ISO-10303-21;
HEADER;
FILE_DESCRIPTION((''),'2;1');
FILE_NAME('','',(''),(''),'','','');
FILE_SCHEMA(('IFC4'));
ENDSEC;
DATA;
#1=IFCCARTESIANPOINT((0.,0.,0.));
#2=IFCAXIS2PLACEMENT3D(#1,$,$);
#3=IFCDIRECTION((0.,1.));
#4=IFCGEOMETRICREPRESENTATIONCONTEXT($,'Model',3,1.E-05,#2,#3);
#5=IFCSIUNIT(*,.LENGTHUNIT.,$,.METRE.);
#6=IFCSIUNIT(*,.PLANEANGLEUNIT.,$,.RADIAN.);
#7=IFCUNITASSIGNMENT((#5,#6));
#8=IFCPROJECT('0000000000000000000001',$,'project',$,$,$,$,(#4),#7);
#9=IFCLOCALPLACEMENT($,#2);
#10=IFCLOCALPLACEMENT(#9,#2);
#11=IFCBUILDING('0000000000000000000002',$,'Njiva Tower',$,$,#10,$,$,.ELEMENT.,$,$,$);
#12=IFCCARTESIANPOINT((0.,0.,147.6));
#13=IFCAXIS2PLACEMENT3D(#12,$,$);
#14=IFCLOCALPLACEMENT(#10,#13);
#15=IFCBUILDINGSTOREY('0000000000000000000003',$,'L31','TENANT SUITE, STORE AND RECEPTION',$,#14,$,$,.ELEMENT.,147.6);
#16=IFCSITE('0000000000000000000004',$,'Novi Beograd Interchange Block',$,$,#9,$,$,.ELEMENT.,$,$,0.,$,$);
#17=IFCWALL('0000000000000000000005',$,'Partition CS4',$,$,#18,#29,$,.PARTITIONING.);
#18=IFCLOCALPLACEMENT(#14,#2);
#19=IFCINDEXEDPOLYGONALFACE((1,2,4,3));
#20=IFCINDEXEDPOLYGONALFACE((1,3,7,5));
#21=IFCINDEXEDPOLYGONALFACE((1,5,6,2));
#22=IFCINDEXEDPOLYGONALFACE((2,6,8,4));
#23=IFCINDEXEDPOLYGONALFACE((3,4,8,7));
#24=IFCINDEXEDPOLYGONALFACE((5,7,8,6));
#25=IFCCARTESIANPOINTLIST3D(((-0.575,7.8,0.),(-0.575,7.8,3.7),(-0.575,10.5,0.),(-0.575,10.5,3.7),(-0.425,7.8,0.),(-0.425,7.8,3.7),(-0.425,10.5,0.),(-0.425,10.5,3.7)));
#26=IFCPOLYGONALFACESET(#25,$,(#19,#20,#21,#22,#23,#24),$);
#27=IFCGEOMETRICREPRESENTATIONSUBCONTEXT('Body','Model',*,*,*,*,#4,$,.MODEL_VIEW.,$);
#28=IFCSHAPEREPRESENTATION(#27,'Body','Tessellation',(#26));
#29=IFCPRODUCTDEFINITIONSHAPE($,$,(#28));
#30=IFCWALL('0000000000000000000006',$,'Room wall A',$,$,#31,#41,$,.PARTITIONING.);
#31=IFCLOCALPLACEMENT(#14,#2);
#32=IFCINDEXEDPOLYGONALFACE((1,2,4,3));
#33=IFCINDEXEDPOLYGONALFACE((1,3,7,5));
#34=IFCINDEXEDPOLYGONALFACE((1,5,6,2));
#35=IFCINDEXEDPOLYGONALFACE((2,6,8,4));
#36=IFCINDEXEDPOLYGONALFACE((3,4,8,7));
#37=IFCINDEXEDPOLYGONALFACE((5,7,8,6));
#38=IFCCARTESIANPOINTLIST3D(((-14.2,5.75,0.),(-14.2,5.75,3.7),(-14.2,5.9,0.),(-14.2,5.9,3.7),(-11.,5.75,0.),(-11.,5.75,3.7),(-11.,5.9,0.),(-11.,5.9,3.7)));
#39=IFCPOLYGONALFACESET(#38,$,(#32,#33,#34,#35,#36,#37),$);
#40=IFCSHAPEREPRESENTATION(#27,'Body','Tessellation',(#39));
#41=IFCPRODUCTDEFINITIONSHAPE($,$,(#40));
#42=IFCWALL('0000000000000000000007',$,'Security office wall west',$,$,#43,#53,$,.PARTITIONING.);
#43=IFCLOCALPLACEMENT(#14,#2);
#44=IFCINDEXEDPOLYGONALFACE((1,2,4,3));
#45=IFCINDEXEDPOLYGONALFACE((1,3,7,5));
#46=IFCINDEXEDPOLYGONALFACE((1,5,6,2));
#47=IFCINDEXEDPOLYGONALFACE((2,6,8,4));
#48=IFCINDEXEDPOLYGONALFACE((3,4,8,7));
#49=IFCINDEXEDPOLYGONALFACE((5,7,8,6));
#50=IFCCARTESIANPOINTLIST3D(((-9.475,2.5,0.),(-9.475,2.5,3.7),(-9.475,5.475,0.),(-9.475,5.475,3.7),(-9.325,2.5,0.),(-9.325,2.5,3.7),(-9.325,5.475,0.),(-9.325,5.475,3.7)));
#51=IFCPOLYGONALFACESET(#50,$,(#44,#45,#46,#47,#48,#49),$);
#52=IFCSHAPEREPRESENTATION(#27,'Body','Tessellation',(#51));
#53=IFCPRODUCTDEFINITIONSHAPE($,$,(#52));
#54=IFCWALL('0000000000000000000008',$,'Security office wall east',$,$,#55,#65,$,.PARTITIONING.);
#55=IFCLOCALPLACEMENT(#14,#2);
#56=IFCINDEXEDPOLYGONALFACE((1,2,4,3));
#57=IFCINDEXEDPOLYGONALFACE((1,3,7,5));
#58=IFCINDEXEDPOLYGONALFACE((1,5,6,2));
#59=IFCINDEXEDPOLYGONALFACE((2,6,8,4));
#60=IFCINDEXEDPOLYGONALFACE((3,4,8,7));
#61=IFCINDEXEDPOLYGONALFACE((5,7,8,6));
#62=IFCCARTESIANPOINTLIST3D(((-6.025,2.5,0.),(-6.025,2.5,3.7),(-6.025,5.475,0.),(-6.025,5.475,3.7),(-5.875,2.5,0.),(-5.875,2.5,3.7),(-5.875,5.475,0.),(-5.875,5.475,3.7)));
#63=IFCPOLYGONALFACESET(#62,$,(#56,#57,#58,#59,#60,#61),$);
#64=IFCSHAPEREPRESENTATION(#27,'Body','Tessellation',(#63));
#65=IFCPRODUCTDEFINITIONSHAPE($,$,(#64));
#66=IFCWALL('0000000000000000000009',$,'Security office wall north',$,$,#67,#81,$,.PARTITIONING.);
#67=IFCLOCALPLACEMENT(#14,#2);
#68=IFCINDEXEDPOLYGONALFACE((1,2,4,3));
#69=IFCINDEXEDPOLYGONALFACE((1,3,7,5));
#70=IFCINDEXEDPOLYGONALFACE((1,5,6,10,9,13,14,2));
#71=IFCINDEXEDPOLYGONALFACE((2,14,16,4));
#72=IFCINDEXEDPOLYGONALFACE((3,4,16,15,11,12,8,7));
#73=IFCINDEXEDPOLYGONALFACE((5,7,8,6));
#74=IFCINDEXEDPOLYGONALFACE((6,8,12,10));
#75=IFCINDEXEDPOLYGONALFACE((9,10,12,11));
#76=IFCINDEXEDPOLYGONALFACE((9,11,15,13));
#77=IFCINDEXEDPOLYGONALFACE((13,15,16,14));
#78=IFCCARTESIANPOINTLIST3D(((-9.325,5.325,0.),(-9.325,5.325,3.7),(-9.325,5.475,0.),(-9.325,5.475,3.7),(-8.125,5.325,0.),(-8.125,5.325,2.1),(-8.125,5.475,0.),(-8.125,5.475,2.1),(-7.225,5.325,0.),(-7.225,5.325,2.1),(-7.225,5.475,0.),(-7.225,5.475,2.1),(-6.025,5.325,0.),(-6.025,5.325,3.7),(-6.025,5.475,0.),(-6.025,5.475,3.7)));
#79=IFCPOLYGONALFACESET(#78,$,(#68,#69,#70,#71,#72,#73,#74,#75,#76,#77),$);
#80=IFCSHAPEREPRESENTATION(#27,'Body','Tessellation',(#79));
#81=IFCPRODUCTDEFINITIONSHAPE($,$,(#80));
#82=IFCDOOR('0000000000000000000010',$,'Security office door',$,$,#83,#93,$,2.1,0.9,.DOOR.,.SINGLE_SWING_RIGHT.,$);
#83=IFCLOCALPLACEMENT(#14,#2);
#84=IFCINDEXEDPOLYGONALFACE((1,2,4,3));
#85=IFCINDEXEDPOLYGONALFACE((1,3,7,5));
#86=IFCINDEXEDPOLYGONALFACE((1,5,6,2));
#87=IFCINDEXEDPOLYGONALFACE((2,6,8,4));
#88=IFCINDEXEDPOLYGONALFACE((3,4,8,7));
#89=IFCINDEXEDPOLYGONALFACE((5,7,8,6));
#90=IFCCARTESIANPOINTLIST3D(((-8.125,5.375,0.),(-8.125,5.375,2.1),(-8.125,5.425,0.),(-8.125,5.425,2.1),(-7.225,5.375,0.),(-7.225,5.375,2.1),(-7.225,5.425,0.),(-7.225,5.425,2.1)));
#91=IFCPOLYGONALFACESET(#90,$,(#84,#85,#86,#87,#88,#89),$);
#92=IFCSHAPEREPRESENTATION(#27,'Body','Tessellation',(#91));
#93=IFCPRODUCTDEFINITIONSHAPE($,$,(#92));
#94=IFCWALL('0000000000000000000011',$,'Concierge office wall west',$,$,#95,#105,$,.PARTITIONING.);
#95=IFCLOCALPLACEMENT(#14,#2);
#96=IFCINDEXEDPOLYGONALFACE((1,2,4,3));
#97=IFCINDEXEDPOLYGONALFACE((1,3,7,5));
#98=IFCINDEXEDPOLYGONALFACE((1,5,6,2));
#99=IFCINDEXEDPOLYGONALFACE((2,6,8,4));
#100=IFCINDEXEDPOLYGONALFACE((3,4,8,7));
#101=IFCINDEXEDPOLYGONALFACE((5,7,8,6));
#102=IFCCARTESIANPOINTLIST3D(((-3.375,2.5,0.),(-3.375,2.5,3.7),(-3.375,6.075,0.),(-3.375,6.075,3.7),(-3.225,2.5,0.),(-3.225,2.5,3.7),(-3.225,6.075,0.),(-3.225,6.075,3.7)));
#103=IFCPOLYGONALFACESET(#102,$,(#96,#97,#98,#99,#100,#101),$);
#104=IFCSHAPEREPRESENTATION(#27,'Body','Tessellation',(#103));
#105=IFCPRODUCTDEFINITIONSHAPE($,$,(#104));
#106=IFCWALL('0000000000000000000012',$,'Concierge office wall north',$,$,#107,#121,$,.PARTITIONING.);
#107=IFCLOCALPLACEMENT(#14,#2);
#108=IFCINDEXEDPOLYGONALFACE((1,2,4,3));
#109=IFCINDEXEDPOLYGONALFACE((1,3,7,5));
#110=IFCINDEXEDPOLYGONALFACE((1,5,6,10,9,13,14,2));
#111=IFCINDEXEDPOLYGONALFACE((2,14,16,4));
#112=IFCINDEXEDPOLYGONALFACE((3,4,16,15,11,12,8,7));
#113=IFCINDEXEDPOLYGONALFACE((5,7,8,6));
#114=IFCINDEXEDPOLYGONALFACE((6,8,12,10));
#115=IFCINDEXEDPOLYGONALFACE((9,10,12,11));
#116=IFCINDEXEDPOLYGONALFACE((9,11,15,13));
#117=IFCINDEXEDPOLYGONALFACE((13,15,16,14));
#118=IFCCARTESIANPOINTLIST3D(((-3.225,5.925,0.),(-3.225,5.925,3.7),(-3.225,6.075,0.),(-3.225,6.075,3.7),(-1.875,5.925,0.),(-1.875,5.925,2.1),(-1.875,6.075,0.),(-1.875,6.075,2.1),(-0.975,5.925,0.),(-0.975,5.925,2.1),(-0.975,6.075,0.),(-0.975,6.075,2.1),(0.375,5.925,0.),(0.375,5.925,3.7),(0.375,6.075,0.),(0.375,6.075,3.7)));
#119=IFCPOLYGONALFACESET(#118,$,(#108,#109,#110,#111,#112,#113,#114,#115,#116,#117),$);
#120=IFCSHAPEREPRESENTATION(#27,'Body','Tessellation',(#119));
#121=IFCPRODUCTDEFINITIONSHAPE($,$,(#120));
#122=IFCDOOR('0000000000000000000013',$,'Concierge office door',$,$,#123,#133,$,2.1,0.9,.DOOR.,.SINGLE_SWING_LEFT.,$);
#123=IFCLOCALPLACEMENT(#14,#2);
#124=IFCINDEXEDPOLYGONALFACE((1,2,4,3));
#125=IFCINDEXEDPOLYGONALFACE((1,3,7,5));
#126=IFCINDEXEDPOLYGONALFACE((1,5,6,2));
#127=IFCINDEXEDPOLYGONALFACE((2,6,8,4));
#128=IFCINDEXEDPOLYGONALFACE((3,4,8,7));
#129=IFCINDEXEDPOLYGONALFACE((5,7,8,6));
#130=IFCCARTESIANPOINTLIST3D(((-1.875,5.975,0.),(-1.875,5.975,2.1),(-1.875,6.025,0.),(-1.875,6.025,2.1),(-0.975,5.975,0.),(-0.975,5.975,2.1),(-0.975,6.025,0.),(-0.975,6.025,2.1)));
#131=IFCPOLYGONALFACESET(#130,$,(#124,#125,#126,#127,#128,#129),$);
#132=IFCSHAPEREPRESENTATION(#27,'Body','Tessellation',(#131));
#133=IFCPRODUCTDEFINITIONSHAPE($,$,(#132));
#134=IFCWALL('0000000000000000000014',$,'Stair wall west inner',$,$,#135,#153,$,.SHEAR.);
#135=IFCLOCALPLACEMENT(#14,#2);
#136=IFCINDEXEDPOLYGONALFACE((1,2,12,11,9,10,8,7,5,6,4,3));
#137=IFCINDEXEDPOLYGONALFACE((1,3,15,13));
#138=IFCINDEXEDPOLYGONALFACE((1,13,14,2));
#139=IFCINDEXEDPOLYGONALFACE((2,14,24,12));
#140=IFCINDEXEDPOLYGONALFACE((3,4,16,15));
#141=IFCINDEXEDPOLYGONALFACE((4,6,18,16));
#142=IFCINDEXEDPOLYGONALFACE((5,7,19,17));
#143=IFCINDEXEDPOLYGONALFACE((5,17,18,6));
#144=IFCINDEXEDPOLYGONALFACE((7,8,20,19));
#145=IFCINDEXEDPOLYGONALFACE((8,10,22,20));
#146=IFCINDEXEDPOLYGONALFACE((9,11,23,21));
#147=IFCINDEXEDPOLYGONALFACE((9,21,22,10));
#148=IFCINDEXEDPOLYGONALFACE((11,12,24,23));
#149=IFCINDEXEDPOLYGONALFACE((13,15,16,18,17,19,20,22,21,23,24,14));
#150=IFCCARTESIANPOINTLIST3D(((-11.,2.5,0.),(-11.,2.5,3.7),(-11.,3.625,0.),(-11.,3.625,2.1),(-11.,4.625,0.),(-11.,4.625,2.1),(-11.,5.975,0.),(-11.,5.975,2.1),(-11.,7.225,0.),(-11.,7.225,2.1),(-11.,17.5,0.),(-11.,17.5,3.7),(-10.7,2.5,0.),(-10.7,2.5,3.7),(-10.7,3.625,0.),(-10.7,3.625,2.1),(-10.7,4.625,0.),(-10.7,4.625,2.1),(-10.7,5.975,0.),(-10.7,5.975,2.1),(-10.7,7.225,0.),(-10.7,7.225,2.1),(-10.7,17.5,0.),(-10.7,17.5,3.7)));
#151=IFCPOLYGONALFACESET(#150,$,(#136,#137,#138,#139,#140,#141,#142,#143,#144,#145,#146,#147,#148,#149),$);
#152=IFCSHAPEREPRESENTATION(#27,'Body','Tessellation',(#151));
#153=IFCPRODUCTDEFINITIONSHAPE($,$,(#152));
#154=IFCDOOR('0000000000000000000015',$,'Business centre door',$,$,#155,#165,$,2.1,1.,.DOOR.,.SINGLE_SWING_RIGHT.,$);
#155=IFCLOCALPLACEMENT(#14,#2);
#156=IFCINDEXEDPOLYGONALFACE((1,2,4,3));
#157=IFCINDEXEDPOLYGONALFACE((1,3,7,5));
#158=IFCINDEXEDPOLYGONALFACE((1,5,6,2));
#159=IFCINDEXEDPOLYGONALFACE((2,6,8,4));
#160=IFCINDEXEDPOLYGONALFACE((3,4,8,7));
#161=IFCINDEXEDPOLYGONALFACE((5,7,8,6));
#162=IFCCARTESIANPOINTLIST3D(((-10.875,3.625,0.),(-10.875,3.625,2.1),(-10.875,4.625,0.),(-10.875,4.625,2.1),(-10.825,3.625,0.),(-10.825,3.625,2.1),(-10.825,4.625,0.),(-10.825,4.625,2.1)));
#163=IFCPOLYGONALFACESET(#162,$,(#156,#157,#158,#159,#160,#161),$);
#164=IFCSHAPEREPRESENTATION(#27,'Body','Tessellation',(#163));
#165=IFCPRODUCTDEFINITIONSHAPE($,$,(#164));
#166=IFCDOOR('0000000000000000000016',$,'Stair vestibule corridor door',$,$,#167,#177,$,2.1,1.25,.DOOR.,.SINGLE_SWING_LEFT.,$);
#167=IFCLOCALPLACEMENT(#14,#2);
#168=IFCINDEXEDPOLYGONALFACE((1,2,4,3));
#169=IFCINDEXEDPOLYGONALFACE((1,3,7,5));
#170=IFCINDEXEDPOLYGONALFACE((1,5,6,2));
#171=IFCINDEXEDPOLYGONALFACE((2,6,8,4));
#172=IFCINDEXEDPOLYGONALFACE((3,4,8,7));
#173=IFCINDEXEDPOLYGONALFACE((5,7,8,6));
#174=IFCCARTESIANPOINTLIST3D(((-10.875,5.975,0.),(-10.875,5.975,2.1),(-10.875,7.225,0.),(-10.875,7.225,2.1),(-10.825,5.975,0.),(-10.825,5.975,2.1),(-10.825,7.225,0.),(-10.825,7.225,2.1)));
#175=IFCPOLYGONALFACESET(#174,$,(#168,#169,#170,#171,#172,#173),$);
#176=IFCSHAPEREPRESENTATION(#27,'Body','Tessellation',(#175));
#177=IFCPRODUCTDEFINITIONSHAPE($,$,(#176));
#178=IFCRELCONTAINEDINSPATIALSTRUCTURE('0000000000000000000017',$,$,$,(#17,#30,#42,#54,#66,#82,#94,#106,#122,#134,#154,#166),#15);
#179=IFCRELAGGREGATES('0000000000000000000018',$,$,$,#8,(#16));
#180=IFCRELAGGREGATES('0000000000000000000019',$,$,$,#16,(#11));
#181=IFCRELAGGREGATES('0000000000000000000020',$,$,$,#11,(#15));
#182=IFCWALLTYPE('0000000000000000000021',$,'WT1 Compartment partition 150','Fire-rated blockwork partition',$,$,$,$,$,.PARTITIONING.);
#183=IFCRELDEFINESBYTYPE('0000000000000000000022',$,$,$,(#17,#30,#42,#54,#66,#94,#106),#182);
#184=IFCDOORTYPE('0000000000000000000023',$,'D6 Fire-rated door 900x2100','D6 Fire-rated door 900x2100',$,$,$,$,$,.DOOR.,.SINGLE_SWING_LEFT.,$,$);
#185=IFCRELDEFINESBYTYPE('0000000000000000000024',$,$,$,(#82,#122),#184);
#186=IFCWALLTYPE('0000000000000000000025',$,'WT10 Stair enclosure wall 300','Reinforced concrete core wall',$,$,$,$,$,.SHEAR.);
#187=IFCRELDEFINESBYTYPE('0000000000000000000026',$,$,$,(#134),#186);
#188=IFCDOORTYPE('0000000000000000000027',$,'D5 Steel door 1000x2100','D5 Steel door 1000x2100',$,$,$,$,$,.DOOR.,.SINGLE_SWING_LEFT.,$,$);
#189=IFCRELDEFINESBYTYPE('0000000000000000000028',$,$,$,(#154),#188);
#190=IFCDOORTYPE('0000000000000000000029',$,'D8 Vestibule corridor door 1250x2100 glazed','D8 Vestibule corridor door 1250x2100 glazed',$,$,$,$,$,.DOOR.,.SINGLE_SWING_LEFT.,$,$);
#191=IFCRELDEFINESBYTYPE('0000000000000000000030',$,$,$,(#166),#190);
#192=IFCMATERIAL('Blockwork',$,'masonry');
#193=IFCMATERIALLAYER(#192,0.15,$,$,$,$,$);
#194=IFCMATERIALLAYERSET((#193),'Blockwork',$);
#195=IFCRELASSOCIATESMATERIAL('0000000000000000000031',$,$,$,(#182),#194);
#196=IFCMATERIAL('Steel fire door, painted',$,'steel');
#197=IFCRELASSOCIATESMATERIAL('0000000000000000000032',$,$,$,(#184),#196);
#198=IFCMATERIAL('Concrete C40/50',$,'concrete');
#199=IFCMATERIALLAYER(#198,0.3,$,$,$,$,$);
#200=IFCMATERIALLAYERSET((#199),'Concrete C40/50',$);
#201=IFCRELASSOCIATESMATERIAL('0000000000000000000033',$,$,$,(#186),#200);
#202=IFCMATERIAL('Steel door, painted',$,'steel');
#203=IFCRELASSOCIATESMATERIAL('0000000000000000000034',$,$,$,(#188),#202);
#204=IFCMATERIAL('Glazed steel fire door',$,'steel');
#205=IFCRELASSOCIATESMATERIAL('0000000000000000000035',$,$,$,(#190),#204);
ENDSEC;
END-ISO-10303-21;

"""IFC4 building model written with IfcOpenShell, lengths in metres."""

from ifc_helpers import new_model, si_unit, direction, frame, frame_2d, origin, place, context, subcontext, project, spatial, rectangle, extrude, material, layer, layer_set, type_object, element, fill, save


model = new_model("IFC4")

# Units and contexts
model_context = context("Model", 3, precision=1e-05, world=origin(), true_north=direction((0.0, 1.0)))
body_context = subcontext(model_context, "Body", "Model", "MODEL_VIEW")
ifc_project = project(units=[si_unit("LENGTHUNIT", "METRE"), si_unit("PLANEANGLEUNIT", "RADIAN")], contexts=[model_context])

# Site, building, storey
site_placement = place(None, origin())
site = spatial("IfcSite", under=ifc_project, at=site_placement, Name="Novi Beograd Interchange Block", CompositionType="ELEMENT", RefElevation=0.0)
building_placement = place(site_placement, origin())
building = spatial("IfcBuilding", under=site, at=building_placement, Name="Njiva Tower", CompositionType="ELEMENT")
storey_placement = place(building_placement, frame((0.0, 0.0, 147.6)))
storey = spatial("IfcBuildingStorey", under=building, at=storey_placement, Name="L31", Description="TENANT SUITE, STORE AND RECEPTION", CompositionType="ELEMENT", Elevation=147.6)

# Walls
ifc_material_1 = material(Name="Blockwork", Category="masonry")
ifc_layer_1 = layer(ifc_material_1, 0.15)
ifc_layer_set_1 = layer_set([ifc_layer_1], Name="Blockwork")
wall_type_1 = type_object("IfcWallType", Name="WT1 Compartment partition 150", Description="Fire-rated blockwork partition", PredefinedType="PARTITIONING", material=ifc_layer_set_1)
wall_1_placement = place(storey_placement, frame((-0.5, 7.8, 0.0), z_axis=(0.0, 0.0, 1.0), x_axis=(0.0, 1.0, 0.0)))
element("IfcWall", 1, at=wall_1_placement, inside=storey, type_object=wall_type_1, Name="Partition CS4", PredefinedType="PARTITIONING", context=body_context, shape_type="SweptSolid", body=[
    extrude(rectangle(XDim=2.7, YDim=0.15, at=frame_2d((1.35, 0.0))), origin(), (0.0, 0.0, 1.0), 3.7),
])
wall_2_placement = place(storey_placement, frame((-14.2, 5.825, 0.0), z_axis=(0.0, 0.0, 1.0), x_axis=(1.0, 0.0, 0.0)))
element("IfcWall", 2, at=wall_2_placement, inside=storey, type_object=wall_type_1, Name="Room wall A", PredefinedType="PARTITIONING", context=body_context, shape_type="SweptSolid", body=[
    extrude(rectangle(XDim=3.2, YDim=0.15, at=frame_2d((1.6, 0.0))), origin(), (0.0, 0.0, 1.0), 3.7),
])
for number, where, z_axis, x_axis, name in (
    (3, (-9.4, 2.5, 0.0), (0.0, 0.0, 1.0), (0.0, 1.0, 0.0), "Security office wall west"),
    (4, (-5.95, 2.5, 0.0), (0.0, 0.0, 1.0), (0.0, 1.0, 0.0), "Security office wall east"),
):
    element("IfcWall", number, at=place(storey_placement, frame(where, z_axis=z_axis, x_axis=x_axis)), inside=storey, type_object=wall_type_1, Name=name, PredefinedType="PARTITIONING", context=body_context, shape_type="SweptSolid", body=[
        extrude(rectangle(XDim=2.975, YDim=0.15, at=frame_2d((1.4875, 0.0))), origin(), (0.0, 0.0, 1.0), 3.7),
    ])

# Wall, opening, door
wall_3_placement = place(storey_placement, frame((-9.325, 5.4, 0.0), z_axis=(0.0, 0.0, 1.0), x_axis=(1.0, 0.0, 0.0)))
wall_3 = element("IfcWall", 5, at=wall_3_placement, inside=storey, type_object=wall_type_1, Name="Security office wall north", PredefinedType="PARTITIONING", context=body_context, shape_type="SweptSolid", body=[
    extrude(rectangle(XDim=3.3, YDim=0.15, at=frame_2d((1.65, 0.0))), origin(), (0.0, 0.0, 1.0), 3.7),
])
opening_1_placement = place(wall_3_placement, frame((1.2, 0.0, 0.0)))
opening_1 = element("IfcOpeningElement", 6, at=opening_1_placement, cuts=wall_3, PredefinedType="OPENING", context=body_context, shape_type="SweptSolid", body=[
    extrude(rectangle(XDim=0.9, YDim=2.1, at=frame_2d((0.45, 1.05))), frame((0.0, 0.085, 0.0), z_axis=(0.0, -1.0, 0.0), x_axis=(1.0, 0.0, 0.0)), (0.0, 0.0, 1.0), 0.17),
])
ifc_material_2 = material(Name="Steel fire door, painted", Category="steel")
door_type_1 = type_object("IfcDoorType", Name="D6 Fire-rated door 900x2100", Description="D6 Fire-rated door 900x2100", OperationType="SINGLE_SWING_LEFT", PredefinedType="DOOR", material=ifc_material_2)
door_1_placement = place(opening_1_placement, origin())
door_1 = element("IfcDoor", 7, at=door_1_placement, inside=storey, type_object=door_type_1, Name="Security office door", OperationType="SINGLE_SWING_RIGHT", OverallHeight=2.1, OverallWidth=0.9, PredefinedType="DOOR", context=body_context, shape_type="SweptSolid", body=[
    extrude(rectangle(XDim=0.9, YDim=2.1, at=frame_2d((0.45, 1.05))), frame((0.0, 0.025, 0.0), z_axis=(0.0, -1.0, 0.0), x_axis=(1.0, 0.0, 0.0)), (0.0, 0.0, 1.0), 0.05),
])
fill(opening_1, door_1)

# Wall
wall_4_placement = place(storey_placement, frame((-3.3, 2.5, 0.0), z_axis=(0.0, 0.0, 1.0), x_axis=(0.0, 1.0, 0.0)))
element("IfcWall", 8, at=wall_4_placement, inside=storey, type_object=wall_type_1, Name="Concierge office wall west", PredefinedType="PARTITIONING", context=body_context, shape_type="SweptSolid", body=[
    extrude(rectangle(XDim=3.575, YDim=0.15, at=frame_2d((1.7875, 0.0))), origin(), (0.0, 0.0, 1.0), 3.7),
])

# Wall, opening, door
wall_5_placement = place(storey_placement, frame((-3.225, 6.0, 0.0), z_axis=(0.0, 0.0, 1.0), x_axis=(1.0, 0.0, 0.0)))
wall_5 = element("IfcWall", 9, at=wall_5_placement, inside=storey, type_object=wall_type_1, Name="Concierge office wall north", PredefinedType="PARTITIONING", context=body_context, shape_type="SweptSolid", body=[
    extrude(rectangle(XDim=3.6, YDim=0.15, at=frame_2d((1.8, 0.0))), origin(), (0.0, 0.0, 1.0), 3.7),
])
opening_2_placement = place(wall_5_placement, frame((1.35, 0.0, 0.0)))
opening_2 = element("IfcOpeningElement", 10, at=opening_2_placement, cuts=wall_5, PredefinedType="OPENING", context=body_context, shape_type="SweptSolid", body=[
    extrude(rectangle(XDim=0.9, YDim=2.1, at=frame_2d((0.45, 1.05))), frame((0.0, 0.085, 0.0), z_axis=(0.0, -1.0, 0.0), x_axis=(1.0, 0.0, 0.0)), (0.0, 0.0, 1.0), 0.17),
])
door_2_placement = place(opening_2_placement, origin())
door_2 = element("IfcDoor", 11, at=door_2_placement, inside=storey, type_object=door_type_1, Name="Concierge office door", OperationType="SINGLE_SWING_LEFT", OverallHeight=2.1, OverallWidth=0.9, PredefinedType="DOOR", context=body_context, shape_type="SweptSolid", body=[
    extrude(rectangle(XDim=0.9, YDim=2.1, at=frame_2d((0.45, 1.05))), frame((0.0, 0.025, 0.0), z_axis=(0.0, -1.0, 0.0), x_axis=(1.0, 0.0, 0.0)), (0.0, 0.0, 1.0), 0.05),
])
fill(opening_2, door_2)

# Wall, openings, doors
ifc_material_3 = material(Name="Concrete C40/50", Category="concrete")
ifc_layer_2 = layer(ifc_material_3, 0.3)
ifc_layer_set_2 = layer_set([ifc_layer_2], Name="Concrete C40/50")
wall_type_2 = type_object("IfcWallType", Name="WT10 Stair enclosure wall 300", Description="Reinforced concrete core wall", PredefinedType="SHEAR", material=ifc_layer_set_2)
wall_6_placement = place(storey_placement, frame((-10.85, 2.5, 0.0), z_axis=(0.0, 0.0, 1.0), x_axis=(0.0, 1.0, 0.0)))
wall_6 = element("IfcWall", 12, at=wall_6_placement, inside=storey, type_object=wall_type_2, Name="Stair wall west inner", PredefinedType="SHEAR", context=body_context, shape_type="SweptSolid", body=[
    extrude(rectangle(XDim=15.0, YDim=0.3, at=frame_2d((7.5, 0.0))), origin(), (0.0, 0.0, 1.0), 3.7),
])
opening_3_placement = place(wall_6_placement, frame((3.475, 0.0, 0.0)))
opening_3 = element("IfcOpeningElement", 13, at=opening_3_placement, cuts=wall_6, PredefinedType="OPENING", context=body_context, shape_type="SweptSolid", body=[
    extrude(rectangle(XDim=1.25, YDim=2.1, at=frame_2d((0.625, 1.05))), frame((0.0, 0.16, 0.0), z_axis=(0.0, -1.0, 0.0), x_axis=(1.0, 0.0, 0.0)), (0.0, 0.0, 1.0), 0.32),
])
opening_4_placement = place(wall_6_placement, frame((1.125, 0.0, 0.0)))
opening_4 = element("IfcOpeningElement", 14, at=opening_4_placement, cuts=wall_6, PredefinedType="OPENING", context=body_context, shape_type="SweptSolid", body=[
    extrude(rectangle(XDim=1.0, YDim=2.1, at=frame_2d((0.5, 1.05))), frame((0.0, 0.16, 0.0), z_axis=(0.0, -1.0, 0.0), x_axis=(1.0, 0.0, 0.0)), (0.0, 0.0, 1.0), 0.32),
])
ifc_material_4 = material(Name="Steel door, painted", Category="steel")
door_type_2 = type_object("IfcDoorType", Name="D5 Steel door 1000x2100", Description="D5 Steel door 1000x2100", OperationType="SINGLE_SWING_LEFT", PredefinedType="DOOR", material=ifc_material_4)
door_3_placement = place(opening_4_placement, origin())
door_3 = element("IfcDoor", 15, at=door_3_placement, inside=storey, type_object=door_type_2, Name="Business centre door", OperationType="SINGLE_SWING_RIGHT", OverallHeight=2.1, OverallWidth=1.0, PredefinedType="DOOR", context=body_context, shape_type="SweptSolid", body=[
    extrude(rectangle(XDim=1.0, YDim=2.1, at=frame_2d((0.5, 1.05))), frame((0.0, 0.025, 0.0), z_axis=(0.0, -1.0, 0.0), x_axis=(1.0, 0.0, 0.0)), (0.0, 0.0, 1.0), 0.05),
])
fill(opening_4, door_3)
ifc_material_5 = material(Name="Glazed steel fire door", Category="steel")
door_type_3 = type_object("IfcDoorType", Name="D8 Vestibule corridor door 1250x2100 glazed", Description="D8 Vestibule corridor door 1250x2100 glazed", OperationType="SINGLE_SWING_LEFT", PredefinedType="DOOR", material=ifc_material_5)
door_4_placement = place(opening_3_placement, origin())
door_4 = element("IfcDoor", 16, at=door_4_placement, inside=storey, type_object=door_type_3, Name="Stair vestibule corridor door", OperationType="SINGLE_SWING_LEFT", OverallHeight=2.1, OverallWidth=1.25, PredefinedType="DOOR", context=body_context, shape_type="SweptSolid", body=[
    extrude(rectangle(XDim=1.25, YDim=2.1, at=frame_2d((0.625, 1.05))), frame((0.0, 0.025, 0.0), z_axis=(0.0, -1.0, 0.0), x_axis=(1.0, 0.0, 0.0)), (0.0, 0.0, 1.0), 0.05),
])
fill(opening_3, door_4)

save(model, "model.ifc")
